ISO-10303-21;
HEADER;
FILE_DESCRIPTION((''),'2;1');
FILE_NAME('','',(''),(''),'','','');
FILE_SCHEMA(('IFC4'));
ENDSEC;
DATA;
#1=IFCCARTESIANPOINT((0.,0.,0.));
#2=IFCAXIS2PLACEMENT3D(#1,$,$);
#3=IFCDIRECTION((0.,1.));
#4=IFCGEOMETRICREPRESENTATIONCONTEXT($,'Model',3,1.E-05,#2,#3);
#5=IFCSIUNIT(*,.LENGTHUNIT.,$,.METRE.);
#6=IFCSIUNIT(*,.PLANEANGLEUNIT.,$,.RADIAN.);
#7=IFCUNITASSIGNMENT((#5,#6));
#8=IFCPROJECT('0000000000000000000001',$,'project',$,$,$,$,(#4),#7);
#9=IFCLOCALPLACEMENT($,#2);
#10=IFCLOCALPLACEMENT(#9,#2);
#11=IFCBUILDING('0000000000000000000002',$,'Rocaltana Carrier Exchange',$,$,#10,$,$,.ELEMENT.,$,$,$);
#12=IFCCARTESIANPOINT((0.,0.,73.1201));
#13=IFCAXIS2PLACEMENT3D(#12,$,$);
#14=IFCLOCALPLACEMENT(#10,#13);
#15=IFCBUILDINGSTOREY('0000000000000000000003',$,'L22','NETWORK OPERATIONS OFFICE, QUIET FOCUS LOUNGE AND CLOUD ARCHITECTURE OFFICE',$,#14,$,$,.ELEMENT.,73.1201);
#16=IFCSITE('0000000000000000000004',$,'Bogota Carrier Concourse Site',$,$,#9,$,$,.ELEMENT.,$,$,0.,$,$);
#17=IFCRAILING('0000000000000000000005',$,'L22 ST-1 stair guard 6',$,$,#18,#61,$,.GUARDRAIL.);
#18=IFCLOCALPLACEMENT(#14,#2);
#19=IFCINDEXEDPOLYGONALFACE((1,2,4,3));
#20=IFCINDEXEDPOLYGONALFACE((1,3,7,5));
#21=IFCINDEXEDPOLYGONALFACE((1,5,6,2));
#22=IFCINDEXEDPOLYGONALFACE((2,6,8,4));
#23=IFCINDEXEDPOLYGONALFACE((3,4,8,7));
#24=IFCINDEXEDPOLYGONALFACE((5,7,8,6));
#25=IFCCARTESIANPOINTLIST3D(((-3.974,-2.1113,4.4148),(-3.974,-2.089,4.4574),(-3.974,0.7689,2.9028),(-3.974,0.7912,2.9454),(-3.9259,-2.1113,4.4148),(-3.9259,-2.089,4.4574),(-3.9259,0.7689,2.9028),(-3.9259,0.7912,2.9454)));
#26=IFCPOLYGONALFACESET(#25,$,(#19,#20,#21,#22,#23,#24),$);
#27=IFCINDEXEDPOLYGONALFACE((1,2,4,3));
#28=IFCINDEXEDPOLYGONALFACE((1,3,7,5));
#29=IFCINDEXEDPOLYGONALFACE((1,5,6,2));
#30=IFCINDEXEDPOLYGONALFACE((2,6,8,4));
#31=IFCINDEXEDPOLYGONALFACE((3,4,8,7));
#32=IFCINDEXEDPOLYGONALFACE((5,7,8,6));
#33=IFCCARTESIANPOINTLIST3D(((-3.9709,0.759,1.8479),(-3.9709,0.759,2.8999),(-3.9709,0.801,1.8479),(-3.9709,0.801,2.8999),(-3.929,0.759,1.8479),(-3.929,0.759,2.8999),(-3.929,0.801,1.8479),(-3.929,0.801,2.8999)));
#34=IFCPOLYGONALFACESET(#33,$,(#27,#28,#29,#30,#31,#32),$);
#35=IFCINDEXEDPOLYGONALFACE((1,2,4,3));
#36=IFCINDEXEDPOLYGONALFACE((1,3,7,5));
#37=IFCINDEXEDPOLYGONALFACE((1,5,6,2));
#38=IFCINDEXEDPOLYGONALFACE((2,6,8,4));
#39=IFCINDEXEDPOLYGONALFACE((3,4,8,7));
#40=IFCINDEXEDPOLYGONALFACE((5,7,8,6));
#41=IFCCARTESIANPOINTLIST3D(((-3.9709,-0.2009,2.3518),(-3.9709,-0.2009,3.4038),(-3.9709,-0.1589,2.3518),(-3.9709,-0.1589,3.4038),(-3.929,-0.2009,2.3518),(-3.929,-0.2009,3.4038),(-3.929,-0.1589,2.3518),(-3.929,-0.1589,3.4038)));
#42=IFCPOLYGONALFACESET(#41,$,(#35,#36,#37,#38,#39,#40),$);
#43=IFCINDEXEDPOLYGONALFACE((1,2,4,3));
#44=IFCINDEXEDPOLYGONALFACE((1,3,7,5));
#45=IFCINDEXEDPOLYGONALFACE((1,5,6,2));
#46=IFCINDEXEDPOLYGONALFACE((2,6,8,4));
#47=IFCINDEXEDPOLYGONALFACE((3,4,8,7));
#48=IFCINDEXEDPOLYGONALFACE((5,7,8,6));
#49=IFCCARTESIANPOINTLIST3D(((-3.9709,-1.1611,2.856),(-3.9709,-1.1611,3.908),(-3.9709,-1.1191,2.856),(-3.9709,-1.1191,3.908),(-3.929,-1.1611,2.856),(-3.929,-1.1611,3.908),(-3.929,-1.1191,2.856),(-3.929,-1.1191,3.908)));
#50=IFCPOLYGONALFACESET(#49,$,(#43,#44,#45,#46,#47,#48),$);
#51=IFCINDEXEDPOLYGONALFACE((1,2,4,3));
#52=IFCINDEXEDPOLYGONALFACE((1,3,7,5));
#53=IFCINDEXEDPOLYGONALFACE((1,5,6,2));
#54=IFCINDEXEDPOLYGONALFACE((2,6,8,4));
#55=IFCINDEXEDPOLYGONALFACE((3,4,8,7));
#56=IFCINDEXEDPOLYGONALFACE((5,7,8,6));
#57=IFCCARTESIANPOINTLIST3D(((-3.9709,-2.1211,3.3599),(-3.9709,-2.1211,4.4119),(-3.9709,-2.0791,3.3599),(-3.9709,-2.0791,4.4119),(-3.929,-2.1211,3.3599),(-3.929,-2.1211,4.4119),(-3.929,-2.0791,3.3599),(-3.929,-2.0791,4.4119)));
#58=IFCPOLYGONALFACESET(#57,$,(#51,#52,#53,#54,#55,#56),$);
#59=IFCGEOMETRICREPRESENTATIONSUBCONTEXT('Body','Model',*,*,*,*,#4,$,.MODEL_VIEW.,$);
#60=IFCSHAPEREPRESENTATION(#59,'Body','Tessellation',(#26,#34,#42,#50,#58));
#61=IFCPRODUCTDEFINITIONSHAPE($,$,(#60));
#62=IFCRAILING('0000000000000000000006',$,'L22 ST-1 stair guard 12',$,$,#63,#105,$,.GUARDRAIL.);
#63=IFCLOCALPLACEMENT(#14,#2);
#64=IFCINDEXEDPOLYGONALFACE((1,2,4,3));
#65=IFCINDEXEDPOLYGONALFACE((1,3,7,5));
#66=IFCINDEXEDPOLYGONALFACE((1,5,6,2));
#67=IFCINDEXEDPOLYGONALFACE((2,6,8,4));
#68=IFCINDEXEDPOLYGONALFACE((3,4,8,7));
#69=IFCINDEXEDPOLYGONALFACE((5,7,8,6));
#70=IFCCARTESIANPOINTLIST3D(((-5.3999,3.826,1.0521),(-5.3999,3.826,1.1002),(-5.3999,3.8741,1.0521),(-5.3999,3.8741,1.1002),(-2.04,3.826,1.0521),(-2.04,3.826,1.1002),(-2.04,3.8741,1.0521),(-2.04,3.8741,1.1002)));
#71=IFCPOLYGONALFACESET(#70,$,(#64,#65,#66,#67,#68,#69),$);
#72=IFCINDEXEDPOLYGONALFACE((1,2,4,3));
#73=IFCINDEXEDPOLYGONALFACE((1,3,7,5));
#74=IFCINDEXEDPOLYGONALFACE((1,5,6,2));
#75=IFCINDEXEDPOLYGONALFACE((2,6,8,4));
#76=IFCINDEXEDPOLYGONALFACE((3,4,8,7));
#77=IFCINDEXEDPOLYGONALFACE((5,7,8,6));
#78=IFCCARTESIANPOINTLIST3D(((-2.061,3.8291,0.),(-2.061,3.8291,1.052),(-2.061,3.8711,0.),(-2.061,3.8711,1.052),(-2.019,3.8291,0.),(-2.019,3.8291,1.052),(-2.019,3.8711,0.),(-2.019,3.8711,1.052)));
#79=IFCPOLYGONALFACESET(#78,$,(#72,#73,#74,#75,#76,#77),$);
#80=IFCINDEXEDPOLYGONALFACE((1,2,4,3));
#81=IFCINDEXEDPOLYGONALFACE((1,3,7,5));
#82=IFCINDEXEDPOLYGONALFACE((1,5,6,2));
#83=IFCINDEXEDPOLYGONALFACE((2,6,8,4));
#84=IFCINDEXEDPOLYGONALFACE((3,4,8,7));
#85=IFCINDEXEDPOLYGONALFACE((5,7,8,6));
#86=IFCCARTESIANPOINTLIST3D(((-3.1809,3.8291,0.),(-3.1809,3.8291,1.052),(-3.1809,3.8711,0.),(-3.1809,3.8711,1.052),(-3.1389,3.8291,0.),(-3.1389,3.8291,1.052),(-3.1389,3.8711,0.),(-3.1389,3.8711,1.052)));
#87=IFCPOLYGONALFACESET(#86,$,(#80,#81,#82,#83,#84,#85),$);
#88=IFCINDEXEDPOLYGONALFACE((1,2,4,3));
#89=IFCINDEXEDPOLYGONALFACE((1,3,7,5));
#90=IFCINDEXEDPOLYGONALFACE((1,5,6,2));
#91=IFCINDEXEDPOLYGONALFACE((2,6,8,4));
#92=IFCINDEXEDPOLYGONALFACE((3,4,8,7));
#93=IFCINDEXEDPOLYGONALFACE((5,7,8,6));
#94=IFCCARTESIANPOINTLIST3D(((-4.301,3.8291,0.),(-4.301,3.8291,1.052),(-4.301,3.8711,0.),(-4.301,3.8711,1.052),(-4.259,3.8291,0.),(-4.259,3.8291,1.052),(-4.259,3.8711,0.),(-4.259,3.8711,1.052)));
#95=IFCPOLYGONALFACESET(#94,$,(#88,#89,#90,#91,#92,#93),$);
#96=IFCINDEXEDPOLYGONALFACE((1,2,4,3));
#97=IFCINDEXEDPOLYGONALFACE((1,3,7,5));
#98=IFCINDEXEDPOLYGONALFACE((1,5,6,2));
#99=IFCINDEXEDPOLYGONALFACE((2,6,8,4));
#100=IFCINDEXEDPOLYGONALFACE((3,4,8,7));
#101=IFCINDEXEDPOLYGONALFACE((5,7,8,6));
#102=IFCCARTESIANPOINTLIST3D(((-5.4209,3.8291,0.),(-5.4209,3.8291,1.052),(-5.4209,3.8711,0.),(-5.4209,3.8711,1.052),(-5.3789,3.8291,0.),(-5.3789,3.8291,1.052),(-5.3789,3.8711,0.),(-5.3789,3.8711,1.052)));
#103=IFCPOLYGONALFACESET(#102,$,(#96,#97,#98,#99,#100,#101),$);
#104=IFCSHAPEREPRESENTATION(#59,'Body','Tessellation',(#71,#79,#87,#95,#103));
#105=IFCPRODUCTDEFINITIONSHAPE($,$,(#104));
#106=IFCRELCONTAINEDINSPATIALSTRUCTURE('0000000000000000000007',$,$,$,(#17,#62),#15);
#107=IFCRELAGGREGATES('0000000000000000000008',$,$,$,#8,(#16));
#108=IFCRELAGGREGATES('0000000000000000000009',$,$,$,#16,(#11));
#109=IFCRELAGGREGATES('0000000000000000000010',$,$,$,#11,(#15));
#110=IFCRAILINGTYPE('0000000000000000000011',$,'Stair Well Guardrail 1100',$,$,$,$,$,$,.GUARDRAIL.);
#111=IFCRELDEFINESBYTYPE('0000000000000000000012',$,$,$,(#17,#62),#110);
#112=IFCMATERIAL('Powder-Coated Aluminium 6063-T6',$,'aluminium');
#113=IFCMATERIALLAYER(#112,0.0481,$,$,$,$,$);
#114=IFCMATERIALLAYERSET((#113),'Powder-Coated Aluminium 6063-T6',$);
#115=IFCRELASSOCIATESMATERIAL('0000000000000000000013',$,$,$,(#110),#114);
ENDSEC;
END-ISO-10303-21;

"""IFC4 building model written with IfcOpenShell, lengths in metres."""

from ifc_helpers import new_model, si_unit, direction, frame, origin, origin_2d, place, context, subcontext, project, spatial, rectangle, extrude, material, layer, layer_set, type_object, element, save


model = new_model("IFC4")

# Units and contexts
model_context = context("Model", 3, precision=1e-05, world=origin(), true_north=direction((0.0, 1.0)))
body_context = subcontext(model_context, "Body", "Model", "MODEL_VIEW")
ifc_project = project(units=[si_unit("LENGTHUNIT", "METRE"), si_unit("PLANEANGLEUNIT", "RADIAN")], contexts=[model_context])

# Site, building, storey
site_placement = place(None, origin())
site = spatial("IfcSite", under=ifc_project, at=site_placement, Name="Bogota Carrier Concourse Site", CompositionType="ELEMENT", RefElevation=0.0)
building_placement = place(site_placement, origin())
building = spatial("IfcBuilding", under=site, at=building_placement, Name="Rocaltana Carrier Exchange", CompositionType="ELEMENT")
storey_placement = place(building_placement, frame((0.0, 0.0, 73.1201)))
storey = spatial("IfcBuildingStorey", under=building, at=storey_placement, Name="L22", Description="NETWORK OPERATIONS OFFICE, QUIET FOCUS LOUNGE AND CLOUD ARCHITECTURE OFFICE", CompositionType="ELEMENT", Elevation=73.1201)

# Railings
ifc_material_1 = material(Name="Powder-Coated Aluminium 6063-T6", Category="aluminium")
ifc_layer_1 = layer(ifc_material_1, 0.0481)
ifc_layer_set_1 = layer_set([ifc_layer_1], Name="Powder-Coated Aluminium 6063-T6")
railing_type_1 = type_object("IfcRailingType", Name="Stair Well Guardrail 1100", PredefinedType="GUARDRAIL", material=ifc_layer_set_1)
railing_1_placement = place(storey_placement, frame((-3.95, 0.78, 1.8479)))
element("IfcRailing", 1, at=railing_1_placement, inside=storey, type_object=railing_type_1, Name="L22 ST-1 stair guard 6", PredefinedType="GUARDRAIL", context=body_context, shape_type="SweptSolid", body=[
    extrude(rectangle(XDim=0.0481, YDim=0.0481, at=origin_2d()), frame((0.0, 0.0, 1.0762), z_axis=(0.0, -0.885411, 0.464809), x_axis=(1.0, 0.0, 0.0)), (0.0, 0.0, 1.0), 3.2529),
    extrude(rectangle(XDim=0.042, YDim=0.042, at=origin_2d()), origin(), (0.0, 0.0, 1.0), 1.052),
    extrude(rectangle(XDim=0.042, YDim=0.042, at=origin_2d()), frame((0.0, -0.96, 0.5039)), (0.0, 0.0, 1.0), 1.052),
    extrude(rectangle(XDim=0.042, YDim=0.042, at=origin_2d()), frame((0.0, -1.9202, 1.0081)), (0.0, 0.0, 1.0), 1.052),
    extrude(rectangle(XDim=0.042, YDim=0.042, at=origin_2d()), frame((0.0, -2.8801, 1.512)), (0.0, 0.0, 1.0), 1.052),
])
railing_2_placement = place(storey_placement, frame((-2.04, 3.8501, 0.0)))
element("IfcRailing", 2, at=railing_2_placement, inside=storey, type_object=railing_type_1, Name="L22 ST-1 stair guard 12", PredefinedType="GUARDRAIL", context=body_context, shape_type="SweptSolid", body=[
    extrude(rectangle(XDim=0.0481, YDim=0.0481, at=origin_2d()), frame((0.0, 0.0, 1.0762), z_axis=(-1.0, 0.0, 0.0), x_axis=(0.0, -1.0, 0.0)), (0.0, 0.0, 1.0), 3.3599),
    extrude(rectangle(XDim=0.042, YDim=0.042, at=origin_2d()), origin(), (0.0, 0.0, 1.0), 1.052),
    extrude(rectangle(XDim=0.042, YDim=0.042, at=origin_2d()), frame((-1.1199, 0.0, 0.0)), (0.0, 0.0, 1.0), 1.052),
    extrude(rectangle(XDim=0.042, YDim=0.042, at=origin_2d()), frame((-2.24, 0.0, 0.0)), (0.0, 0.0, 1.0), 1.052),
    extrude(rectangle(XDim=0.042, YDim=0.042, at=origin_2d()), frame((-3.3599, 0.0, 0.0)), (0.0, 0.0, 1.0), 1.052),
])

save(model, "model.ifc")
